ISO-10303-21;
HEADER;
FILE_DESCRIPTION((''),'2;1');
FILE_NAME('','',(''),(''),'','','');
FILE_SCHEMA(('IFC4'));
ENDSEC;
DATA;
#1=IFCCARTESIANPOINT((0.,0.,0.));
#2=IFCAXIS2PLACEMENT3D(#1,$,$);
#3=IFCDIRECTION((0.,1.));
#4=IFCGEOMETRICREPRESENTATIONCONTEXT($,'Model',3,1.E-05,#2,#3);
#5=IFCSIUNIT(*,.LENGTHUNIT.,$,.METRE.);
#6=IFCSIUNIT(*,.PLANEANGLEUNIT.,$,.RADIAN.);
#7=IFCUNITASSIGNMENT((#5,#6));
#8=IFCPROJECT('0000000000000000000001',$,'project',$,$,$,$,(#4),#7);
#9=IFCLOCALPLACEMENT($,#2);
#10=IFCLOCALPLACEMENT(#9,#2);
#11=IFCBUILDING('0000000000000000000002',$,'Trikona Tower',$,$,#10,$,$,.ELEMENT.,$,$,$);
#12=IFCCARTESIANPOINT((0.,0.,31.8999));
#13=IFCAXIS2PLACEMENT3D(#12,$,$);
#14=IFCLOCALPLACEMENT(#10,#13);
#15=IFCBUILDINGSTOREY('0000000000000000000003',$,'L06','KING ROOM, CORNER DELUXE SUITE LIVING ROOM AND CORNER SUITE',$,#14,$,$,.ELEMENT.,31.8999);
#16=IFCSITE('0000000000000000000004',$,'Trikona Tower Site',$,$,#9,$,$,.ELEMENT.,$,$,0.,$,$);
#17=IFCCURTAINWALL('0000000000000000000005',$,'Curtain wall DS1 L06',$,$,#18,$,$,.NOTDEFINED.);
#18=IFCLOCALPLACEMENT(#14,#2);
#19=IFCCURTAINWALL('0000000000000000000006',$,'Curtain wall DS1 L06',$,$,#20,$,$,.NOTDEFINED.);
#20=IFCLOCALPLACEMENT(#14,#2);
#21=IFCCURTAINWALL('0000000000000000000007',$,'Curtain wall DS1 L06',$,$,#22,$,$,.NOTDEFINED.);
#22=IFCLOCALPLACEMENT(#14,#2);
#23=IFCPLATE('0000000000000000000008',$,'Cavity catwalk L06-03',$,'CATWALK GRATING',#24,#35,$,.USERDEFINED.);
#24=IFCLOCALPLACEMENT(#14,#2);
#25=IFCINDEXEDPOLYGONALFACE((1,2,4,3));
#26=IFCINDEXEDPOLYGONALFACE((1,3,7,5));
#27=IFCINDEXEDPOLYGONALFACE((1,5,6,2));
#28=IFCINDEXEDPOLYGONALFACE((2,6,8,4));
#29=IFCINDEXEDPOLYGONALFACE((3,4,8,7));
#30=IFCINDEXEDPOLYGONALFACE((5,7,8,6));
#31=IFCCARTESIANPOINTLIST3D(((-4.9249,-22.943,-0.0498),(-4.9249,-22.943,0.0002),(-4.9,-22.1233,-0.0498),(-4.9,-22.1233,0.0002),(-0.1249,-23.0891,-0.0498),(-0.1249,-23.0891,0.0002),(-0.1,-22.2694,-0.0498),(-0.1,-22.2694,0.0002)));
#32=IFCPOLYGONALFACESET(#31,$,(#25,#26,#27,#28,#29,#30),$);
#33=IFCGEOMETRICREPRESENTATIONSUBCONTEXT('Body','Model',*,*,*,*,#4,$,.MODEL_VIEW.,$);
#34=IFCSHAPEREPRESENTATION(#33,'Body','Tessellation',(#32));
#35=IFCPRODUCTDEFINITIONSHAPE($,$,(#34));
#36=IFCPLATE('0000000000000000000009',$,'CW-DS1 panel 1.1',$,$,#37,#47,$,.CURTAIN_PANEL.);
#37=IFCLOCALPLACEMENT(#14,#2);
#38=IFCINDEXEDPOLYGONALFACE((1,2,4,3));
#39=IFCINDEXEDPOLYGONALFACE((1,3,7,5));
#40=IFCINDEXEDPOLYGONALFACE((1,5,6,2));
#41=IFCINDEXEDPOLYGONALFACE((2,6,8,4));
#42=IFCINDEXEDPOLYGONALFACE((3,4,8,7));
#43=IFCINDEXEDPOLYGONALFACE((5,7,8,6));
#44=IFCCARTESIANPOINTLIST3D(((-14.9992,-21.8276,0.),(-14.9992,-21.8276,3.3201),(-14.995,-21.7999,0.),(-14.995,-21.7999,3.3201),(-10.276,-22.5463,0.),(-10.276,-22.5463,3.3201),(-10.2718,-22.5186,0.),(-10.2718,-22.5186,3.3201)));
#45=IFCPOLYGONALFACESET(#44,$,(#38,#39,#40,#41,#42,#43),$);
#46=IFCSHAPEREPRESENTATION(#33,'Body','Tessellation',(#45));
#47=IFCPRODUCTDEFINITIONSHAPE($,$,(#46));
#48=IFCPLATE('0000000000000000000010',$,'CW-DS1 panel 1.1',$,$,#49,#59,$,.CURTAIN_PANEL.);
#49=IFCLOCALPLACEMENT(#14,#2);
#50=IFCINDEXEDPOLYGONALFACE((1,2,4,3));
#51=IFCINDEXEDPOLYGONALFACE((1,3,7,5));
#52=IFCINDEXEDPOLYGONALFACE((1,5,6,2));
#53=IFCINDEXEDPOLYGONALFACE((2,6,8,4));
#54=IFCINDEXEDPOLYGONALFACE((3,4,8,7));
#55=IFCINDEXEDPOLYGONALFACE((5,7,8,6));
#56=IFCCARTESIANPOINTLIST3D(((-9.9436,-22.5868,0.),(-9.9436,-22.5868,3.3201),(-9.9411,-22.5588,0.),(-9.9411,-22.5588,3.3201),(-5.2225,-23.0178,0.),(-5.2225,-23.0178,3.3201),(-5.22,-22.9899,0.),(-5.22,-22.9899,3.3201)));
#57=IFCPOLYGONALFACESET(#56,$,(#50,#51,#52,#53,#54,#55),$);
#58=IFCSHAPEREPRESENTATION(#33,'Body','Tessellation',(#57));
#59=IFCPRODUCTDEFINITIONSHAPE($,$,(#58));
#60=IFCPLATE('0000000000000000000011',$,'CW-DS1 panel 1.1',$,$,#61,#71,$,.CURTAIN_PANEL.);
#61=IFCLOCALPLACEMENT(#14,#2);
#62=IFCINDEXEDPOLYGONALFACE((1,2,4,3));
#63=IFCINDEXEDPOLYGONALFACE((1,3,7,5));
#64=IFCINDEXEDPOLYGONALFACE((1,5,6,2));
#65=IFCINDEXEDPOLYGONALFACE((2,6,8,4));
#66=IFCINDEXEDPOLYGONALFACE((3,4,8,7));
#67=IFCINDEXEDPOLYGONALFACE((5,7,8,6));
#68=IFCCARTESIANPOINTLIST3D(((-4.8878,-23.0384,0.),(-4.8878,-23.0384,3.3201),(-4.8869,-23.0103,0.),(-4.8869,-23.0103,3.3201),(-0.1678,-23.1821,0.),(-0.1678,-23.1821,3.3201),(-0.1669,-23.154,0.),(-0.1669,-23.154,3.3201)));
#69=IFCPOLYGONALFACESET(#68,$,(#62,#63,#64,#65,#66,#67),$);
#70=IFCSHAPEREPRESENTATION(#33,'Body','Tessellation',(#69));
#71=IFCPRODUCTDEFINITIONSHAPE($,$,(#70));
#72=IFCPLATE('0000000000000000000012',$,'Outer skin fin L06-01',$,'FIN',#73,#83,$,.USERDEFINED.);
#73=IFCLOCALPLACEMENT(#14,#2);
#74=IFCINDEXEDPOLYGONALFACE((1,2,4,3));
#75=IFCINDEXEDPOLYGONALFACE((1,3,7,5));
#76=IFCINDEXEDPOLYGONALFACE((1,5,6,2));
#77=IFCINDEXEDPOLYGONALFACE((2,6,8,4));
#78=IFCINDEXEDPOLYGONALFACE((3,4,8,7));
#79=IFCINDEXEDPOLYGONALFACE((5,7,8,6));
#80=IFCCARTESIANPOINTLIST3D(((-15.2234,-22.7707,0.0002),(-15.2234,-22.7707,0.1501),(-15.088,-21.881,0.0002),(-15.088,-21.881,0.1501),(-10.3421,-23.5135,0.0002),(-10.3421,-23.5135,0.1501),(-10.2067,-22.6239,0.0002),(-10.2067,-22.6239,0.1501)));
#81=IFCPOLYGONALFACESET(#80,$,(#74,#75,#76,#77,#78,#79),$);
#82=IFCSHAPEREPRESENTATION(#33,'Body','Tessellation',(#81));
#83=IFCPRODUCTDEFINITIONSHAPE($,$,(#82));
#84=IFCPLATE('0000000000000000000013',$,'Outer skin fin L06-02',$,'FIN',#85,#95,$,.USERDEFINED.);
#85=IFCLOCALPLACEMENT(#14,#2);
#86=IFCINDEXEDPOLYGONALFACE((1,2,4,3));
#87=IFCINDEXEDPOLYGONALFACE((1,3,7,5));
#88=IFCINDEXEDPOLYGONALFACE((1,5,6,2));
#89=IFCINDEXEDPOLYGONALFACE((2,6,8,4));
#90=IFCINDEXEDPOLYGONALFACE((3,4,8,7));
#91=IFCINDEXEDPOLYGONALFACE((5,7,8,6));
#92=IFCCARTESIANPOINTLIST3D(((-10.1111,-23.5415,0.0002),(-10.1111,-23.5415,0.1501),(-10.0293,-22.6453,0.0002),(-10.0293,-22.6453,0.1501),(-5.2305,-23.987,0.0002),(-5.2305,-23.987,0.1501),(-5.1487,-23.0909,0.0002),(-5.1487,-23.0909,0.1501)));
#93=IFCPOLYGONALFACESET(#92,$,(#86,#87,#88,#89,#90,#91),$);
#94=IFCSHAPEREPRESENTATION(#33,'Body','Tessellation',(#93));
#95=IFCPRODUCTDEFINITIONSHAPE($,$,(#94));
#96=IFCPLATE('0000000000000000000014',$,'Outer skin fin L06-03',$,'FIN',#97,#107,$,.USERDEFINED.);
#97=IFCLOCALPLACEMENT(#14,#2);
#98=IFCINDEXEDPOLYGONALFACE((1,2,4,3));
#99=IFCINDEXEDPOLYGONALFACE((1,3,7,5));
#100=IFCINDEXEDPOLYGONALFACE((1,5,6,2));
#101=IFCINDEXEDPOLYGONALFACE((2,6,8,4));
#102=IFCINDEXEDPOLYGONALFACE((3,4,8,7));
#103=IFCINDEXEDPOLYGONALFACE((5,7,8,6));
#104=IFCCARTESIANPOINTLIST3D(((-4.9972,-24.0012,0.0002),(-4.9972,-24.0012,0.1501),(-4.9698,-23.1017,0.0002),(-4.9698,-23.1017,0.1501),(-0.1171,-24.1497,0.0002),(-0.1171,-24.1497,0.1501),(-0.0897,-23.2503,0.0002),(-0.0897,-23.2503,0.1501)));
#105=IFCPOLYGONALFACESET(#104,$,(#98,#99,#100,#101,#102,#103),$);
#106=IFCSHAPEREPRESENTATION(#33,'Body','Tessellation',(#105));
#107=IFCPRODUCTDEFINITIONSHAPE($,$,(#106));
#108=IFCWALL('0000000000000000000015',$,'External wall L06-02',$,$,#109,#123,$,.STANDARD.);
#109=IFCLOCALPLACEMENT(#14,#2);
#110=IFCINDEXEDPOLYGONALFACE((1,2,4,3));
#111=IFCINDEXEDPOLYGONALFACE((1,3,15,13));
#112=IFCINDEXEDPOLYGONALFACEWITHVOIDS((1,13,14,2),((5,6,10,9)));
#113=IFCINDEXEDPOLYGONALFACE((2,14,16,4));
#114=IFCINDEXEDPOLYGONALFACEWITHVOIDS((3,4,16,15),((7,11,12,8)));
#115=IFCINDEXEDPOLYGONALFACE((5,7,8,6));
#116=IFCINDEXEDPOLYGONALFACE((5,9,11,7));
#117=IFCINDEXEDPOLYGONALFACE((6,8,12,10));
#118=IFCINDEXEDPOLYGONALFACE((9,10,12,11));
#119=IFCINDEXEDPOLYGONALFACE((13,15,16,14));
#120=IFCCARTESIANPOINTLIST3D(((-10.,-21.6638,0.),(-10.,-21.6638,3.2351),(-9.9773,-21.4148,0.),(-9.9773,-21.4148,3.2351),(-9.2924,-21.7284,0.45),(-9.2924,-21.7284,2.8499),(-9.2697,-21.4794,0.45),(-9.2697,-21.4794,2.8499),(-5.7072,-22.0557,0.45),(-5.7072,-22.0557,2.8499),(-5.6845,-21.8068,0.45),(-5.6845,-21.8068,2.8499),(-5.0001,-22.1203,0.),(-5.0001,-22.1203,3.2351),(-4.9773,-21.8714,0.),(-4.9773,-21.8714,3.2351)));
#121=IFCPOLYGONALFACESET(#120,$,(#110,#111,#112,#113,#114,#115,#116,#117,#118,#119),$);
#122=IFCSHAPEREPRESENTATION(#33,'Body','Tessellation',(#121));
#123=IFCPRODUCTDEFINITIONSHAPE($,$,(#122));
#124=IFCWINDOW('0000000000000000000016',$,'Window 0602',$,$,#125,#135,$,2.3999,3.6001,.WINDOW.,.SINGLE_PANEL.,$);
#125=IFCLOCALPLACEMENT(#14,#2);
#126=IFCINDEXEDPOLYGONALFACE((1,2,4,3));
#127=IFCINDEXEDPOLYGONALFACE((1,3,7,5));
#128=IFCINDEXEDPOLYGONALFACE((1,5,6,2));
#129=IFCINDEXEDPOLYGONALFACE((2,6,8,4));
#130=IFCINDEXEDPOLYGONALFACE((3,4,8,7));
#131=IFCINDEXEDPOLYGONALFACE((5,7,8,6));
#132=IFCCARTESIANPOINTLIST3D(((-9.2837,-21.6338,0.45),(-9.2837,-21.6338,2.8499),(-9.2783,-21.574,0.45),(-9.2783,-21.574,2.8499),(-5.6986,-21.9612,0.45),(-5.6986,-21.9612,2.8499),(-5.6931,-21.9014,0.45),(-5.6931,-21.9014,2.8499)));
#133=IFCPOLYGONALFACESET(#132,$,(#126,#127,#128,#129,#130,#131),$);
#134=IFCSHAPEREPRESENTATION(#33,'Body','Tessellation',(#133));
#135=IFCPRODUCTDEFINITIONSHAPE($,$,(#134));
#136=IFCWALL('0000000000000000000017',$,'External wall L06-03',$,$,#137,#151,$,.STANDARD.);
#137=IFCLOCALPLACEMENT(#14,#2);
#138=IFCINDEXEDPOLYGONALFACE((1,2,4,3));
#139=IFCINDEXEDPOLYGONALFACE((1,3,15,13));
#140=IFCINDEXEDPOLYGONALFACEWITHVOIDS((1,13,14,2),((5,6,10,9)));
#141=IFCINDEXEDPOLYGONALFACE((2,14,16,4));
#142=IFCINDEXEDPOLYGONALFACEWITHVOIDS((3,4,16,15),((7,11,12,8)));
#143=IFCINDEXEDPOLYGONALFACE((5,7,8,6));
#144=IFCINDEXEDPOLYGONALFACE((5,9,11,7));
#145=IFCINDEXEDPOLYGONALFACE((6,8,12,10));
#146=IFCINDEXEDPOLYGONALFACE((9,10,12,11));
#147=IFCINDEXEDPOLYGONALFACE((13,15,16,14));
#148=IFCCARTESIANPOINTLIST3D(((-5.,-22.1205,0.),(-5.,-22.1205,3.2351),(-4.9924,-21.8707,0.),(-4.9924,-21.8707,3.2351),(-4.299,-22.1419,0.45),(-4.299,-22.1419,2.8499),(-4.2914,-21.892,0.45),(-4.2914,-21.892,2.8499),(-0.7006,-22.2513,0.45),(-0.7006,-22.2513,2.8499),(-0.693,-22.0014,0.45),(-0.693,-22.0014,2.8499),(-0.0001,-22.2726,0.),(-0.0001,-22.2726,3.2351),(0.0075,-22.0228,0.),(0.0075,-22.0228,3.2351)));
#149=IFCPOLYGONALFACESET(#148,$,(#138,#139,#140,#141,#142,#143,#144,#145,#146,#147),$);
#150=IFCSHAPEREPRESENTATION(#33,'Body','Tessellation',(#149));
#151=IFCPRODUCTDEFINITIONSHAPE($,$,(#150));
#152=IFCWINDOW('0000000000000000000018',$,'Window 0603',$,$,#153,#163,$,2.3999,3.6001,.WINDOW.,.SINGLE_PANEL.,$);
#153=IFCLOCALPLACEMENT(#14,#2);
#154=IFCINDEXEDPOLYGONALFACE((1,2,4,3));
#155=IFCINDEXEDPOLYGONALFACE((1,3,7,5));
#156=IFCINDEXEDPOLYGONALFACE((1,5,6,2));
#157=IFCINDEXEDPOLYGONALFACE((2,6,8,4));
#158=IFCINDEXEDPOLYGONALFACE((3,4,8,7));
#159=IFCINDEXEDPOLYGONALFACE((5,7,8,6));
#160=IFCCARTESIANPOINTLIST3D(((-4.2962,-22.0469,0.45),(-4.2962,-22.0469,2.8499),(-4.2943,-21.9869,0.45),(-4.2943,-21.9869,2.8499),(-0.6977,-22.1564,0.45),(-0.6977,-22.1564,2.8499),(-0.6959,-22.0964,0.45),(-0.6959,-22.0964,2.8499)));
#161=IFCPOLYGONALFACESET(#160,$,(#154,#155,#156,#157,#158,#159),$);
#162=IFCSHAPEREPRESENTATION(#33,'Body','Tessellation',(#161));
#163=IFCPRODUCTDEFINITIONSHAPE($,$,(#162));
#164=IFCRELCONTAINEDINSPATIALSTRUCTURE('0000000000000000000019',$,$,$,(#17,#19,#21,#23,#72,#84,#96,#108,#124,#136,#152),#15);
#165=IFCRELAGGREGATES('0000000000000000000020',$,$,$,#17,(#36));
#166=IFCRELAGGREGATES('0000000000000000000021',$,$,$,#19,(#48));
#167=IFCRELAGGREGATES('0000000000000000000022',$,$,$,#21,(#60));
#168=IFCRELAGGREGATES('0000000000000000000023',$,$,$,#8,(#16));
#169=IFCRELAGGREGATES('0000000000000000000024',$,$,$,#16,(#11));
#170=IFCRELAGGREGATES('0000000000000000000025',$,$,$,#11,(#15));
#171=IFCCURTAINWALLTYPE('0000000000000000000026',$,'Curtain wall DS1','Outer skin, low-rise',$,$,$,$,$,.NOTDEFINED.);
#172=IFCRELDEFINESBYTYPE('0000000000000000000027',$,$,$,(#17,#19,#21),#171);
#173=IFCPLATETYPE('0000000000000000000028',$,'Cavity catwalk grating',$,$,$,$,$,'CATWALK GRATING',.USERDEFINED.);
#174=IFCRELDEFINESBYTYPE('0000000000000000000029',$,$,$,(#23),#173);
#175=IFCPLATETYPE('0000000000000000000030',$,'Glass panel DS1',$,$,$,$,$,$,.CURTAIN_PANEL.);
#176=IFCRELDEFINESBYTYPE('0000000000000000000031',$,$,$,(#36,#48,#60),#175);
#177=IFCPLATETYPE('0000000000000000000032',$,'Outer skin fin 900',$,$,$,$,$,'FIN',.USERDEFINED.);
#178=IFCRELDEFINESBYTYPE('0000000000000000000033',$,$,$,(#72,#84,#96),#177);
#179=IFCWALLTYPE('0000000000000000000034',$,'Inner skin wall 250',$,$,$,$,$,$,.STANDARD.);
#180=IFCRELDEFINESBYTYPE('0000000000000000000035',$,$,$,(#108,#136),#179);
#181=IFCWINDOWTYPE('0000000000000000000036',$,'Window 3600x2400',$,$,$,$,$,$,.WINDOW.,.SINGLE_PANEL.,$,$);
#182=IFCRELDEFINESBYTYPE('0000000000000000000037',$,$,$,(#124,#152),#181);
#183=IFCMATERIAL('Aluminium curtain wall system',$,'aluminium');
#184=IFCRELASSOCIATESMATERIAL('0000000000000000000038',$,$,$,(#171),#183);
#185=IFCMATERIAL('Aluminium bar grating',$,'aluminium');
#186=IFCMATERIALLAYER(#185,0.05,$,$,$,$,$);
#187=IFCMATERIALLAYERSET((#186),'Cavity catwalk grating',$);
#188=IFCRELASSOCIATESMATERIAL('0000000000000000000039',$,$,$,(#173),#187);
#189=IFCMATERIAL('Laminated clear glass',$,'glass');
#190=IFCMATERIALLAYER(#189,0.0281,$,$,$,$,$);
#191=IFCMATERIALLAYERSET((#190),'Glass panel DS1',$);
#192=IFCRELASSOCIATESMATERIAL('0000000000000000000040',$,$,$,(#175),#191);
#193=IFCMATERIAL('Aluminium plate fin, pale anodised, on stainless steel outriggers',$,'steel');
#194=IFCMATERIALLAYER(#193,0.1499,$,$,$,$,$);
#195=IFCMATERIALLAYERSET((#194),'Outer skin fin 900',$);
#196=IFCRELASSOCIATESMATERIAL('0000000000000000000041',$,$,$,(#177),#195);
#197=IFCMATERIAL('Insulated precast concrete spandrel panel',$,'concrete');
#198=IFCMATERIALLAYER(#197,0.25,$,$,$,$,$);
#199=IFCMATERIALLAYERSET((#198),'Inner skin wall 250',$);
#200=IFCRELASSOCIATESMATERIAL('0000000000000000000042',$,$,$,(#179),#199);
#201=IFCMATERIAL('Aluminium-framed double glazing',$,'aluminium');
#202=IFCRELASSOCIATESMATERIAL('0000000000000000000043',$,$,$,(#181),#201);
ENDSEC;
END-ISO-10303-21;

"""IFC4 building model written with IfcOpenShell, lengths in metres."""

from ifc_helpers import new_model, si_unit, direction, frame, frame_2d, origin, origin_2d, place, context, subcontext, project, spatial, rectangle, extrude, material, layer, layer_set, type_object, element, fill, aggregate, save


model = new_model("IFC4")

# Units and contexts
model_context = context("Model", 3, precision=1e-05, world=origin(), true_north=direction((0.0, 1.0)))
body_context = subcontext(model_context, "Body", "Model", "MODEL_VIEW")
ifc_project = project(units=[si_unit("LENGTHUNIT", "METRE"), si_unit("PLANEANGLEUNIT", "RADIAN")], contexts=[model_context])

# Site, building, storey
site_placement = place(None, origin())
site = spatial("IfcSite", under=ifc_project, at=site_placement, Name="Trikona Tower Site", CompositionType="ELEMENT", RefElevation=0.0)
building_placement = place(site_placement, origin())
building = spatial("IfcBuilding", under=site, at=building_placement, Name="Trikona Tower", CompositionType="ELEMENT")
storey_placement = place(building_placement, frame((0.0, 0.0, 31.8999)))
storey = spatial("IfcBuildingStorey", under=building, at=storey_placement, Name="L06", Description="KING ROOM, CORNER DELUXE SUITE LIVING ROOM AND CORNER SUITE", CompositionType="ELEMENT", Elevation=31.8999)

# Curtain wall
ifc_material_1 = material(Name="Aluminium curtain wall system", Category="aluminium")
curtain_wall_type = type_object("IfcCurtainWallType", Name="Curtain wall DS1", Description="Outer skin, low-rise", PredefinedType="NOTDEFINED", material=ifc_material_1)
curtain_wall_1_placement = place(storey_placement, origin())
curtain_wall_1 = element("IfcCurtainWall", 1, at=curtain_wall_1_placement, inside=storey, type_object=curtain_wall_type, Name="Curtain wall DS1 L06", PredefinedType="NOTDEFINED")

# Curtain walls
curtain_wall_2_placement = place(storey_placement, origin())
curtain_wall_2 = element("IfcCurtainWall", 2, at=curtain_wall_2_placement, inside=storey, type_object=curtain_wall_type, Name="Curtain wall DS1 L06", PredefinedType="NOTDEFINED")
curtain_wall_3_placement = place(storey_placement, origin())
curtain_wall_3 = element("IfcCurtainWall", 3, at=curtain_wall_3_placement, inside=storey, type_object=curtain_wall_type, Name="Curtain wall DS1 L06", PredefinedType="NOTDEFINED")

# Plate
ifc_material_2 = material(Name="Aluminium bar grating", Category="aluminium")
ifc_layer_1 = layer(ifc_material_2, 0.05)
ifc_layer_set_1 = layer_set([ifc_layer_1], Name="Cavity catwalk grating")
plate_type_1 = type_object("IfcPlateType", Name="Cavity catwalk grating", ElementType="CATWALK GRATING", PredefinedType="USERDEFINED", material=ifc_layer_set_1)
plate_1_placement = place(storey_placement, frame((-2.5125, -22.6062, -0.0498), z_axis=(0.0, 0.0, 1.0), x_axis=(0.999537, -0.030425, 0.0)))
element("IfcPlate", 4, at=plate_1_placement, inside=storey, type_object=plate_type_1, Name="Cavity catwalk L06-03", ObjectType="CATWALK GRATING", PredefinedType="USERDEFINED", context=body_context, shape_type="SweptSolid", body=[
    extrude(rectangle(XDim=4.8022, YDim=0.8201, at=origin_2d()), origin(), (0.0, 0.0, 1.0), 0.05),
])

# Plates
ifc_material_3 = material(Name="Laminated clear glass", Category="glass")
ifc_layer_2 = layer(ifc_material_3, 0.0281)
ifc_layer_set_2 = layer_set([ifc_layer_2], Name="Glass panel DS1")
plate_type_2 = type_object("IfcPlateType", Name="Glass panel DS1", PredefinedType="CURTAIN_PANEL", material=ifc_layer_set_2)
plate_2_placement = place(storey_placement, frame((-12.6355, -22.1731, 0.0), z_axis=(0.0, 0.0, 1.0), x_axis=(0.988619, -0.150438, 0.0)))
plate_2 = element("IfcPlate", 5, at=plate_2_placement, type_object=plate_type_2, Name="CW-DS1 panel 1.1", PredefinedType="CURTAIN_PANEL", context=body_context, shape_type="SweptSolid", body=[
    extrude(rectangle(XDim=4.7776, YDim=0.0281, at=origin_2d()), origin(), (0.0, 0.0, 1.0), 3.3201),
])
aggregate(curtain_wall_1, [plate_2])
plate_3_placement = place(storey_placement, frame((-7.5818, -22.7883, 0.0), z_axis=(0.0, 0.0, 1.0), x_axis=(0.995858, -0.090924, 0.0)))
plate_3 = element("IfcPlate", 6, at=plate_3_placement, type_object=plate_type_2, Name="CW-DS1 panel 1.1", PredefinedType="CURTAIN_PANEL", context=body_context, shape_type="SweptSolid", body=[
    extrude(rectangle(XDim=4.7407, YDim=0.0281, at=origin_2d()), origin(), (0.0, 0.0, 1.0), 3.3201),
])
aggregate(curtain_wall_2, [plate_3])
plate_4_placement = place(storey_placement, frame((-2.5273, -23.0962, 0.0), z_axis=(0.0, 0.0, 1.0), x_axis=(0.999537, -0.030437, 0.0)))
plate_4 = element("IfcPlate", 7, at=plate_4_placement, type_object=plate_type_2, Name="CW-DS1 panel 1.1", PredefinedType="CURTAIN_PANEL", context=body_context, shape_type="SweptSolid", body=[
    extrude(rectangle(XDim=4.7222, YDim=0.0281, at=origin_2d()), origin(), (0.0, 0.0, 1.0), 3.3201),
])
aggregate(curtain_wall_3, [plate_4])

# Plates
ifc_material_4 = material(Name="Aluminium plate fin, pale anodised, on stainless steel outriggers", Category="steel")
ifc_layer_3 = layer(ifc_material_4, 0.1499)
ifc_layer_set_3 = layer_set([ifc_layer_3], Name="Outer skin fin 900")
plate_type_3 = type_object("IfcPlateType", Name="Outer skin fin 900", ElementType="FIN", PredefinedType="USERDEFINED", material=ifc_layer_set_3)
plate_5_placement = place(storey_placement, frame((-12.7151, -22.6973, 0.0002), z_axis=(0.0, 0.0, 1.0), x_axis=(0.988618, -0.150448, 0.0)))
element("IfcPlate", 8, at=plate_5_placement, inside=storey, type_object=plate_type_3, Name="Outer skin fin L06-01", ObjectType="FIN", PredefinedType="USERDEFINED", context=body_context, shape_type="SweptSolid", body=[
    extrude(rectangle(XDim=4.9375, YDim=0.8999, at=origin_2d()), origin(), (0.0, 0.0, 1.0), 0.1499),
])
plate_6_placement = place(storey_placement, frame((-7.6299, -23.3162, 0.0002), z_axis=(0.0, 0.0, 1.0), x_axis=(0.995858, -0.090921, 0.0)))
element("IfcPlate", 9, at=plate_6_placement, inside=storey, type_object=plate_type_3, Name="Outer skin fin L06-02", ObjectType="FIN", PredefinedType="USERDEFINED", context=body_context, shape_type="SweptSolid", body=[
    extrude(rectangle(XDim=4.9009, YDim=0.8999, at=origin_2d()), origin(), (0.0, 0.0, 1.0), 0.1499),
])
plate_7_placement = place(storey_placement, frame((-2.5435, -23.6257, 0.0002), z_axis=(0.0, 0.0, 1.0), x_axis=(0.999537, -0.030425, 0.0)))
element("IfcPlate", 10, at=plate_7_placement, inside=storey, type_object=plate_type_3, Name="Outer skin fin L06-03", ObjectType="FIN", PredefinedType="USERDEFINED", context=body_context, shape_type="SweptSolid", body=[
    extrude(rectangle(XDim=4.8823, YDim=0.8999, at=origin_2d()), origin(), (0.0, 0.0, 1.0), 0.1499),
])

# Walls, openings, windows
ifc_material_5 = material(Name="Insulated precast concrete spandrel panel", Category="concrete")
ifc_layer_4 = layer(ifc_material_5, 0.25)
ifc_layer_set_4 = layer_set([ifc_layer_4], Name="Inner skin wall 250")
wall_type = type_object("IfcWallType", Name="Inner skin wall 250", PredefinedType="STANDARD", material=ifc_layer_set_4)
wall_1_placement = place(storey_placement, frame((-9.9885, -21.5393, 0.0), z_axis=(0.0, 0.0, 1.0), x_axis=(0.995857, -0.09093, 0.0)))
wall_1 = element("IfcWall", 11, at=wall_1_placement, inside=storey, type_object=wall_type, Name="External wall L06-02", PredefinedType="STANDARD", context=body_context, shape_type="SweptSolid", body=[
    extrude(rectangle(XDim=5.0208, YDim=0.25, at=frame_2d((2.5103, 0.0))), origin(), (0.0, 0.0, 1.0), 3.2351),
])
opening_1_placement = place(wall_1_placement, frame((0.7104, 0.0, 0.45)))
opening_1 = element("IfcOpeningElement", 12, at=opening_1_placement, cuts=wall_1, PredefinedType="OPENING", context=body_context, shape_type="SweptSolid", body=[
    extrude(rectangle(XDim=3.6001, YDim=2.3999, at=frame_2d((1.8, 1.2))), frame((0.0, 0.135, 0.0), z_axis=(0.0, -1.0, 0.0), x_axis=(1.0, 0.0, 0.0)), (0.0, 0.0, 1.0), 0.27),
])
ifc_material_6 = material(Name="Aluminium-framed double glazing", Category="aluminium")
window_type = type_object("IfcWindowType", Name="Window 3600x2400", PartitioningType="SINGLE_PANEL", PredefinedType="WINDOW", material=ifc_material_6)
window_1_placement = place(opening_1_placement, origin())
window_1 = element("IfcWindow", 13, at=window_1_placement, inside=storey, type_object=window_type, Name="Window 0602", OverallHeight=2.3999, OverallWidth=3.6001, PartitioningType="SINGLE_PANEL", PredefinedType="WINDOW", context=body_context, shape_type="SweptSolid", body=[
    extrude(rectangle(XDim=3.6001, YDim=2.3999, at=frame_2d((1.8, 1.2))), frame((0.0, 0.03, 0.0), z_axis=(0.0, -1.0, 0.0), x_axis=(1.0, 0.0, 0.0)), (0.0, 0.0, 1.0), 0.0601),
])
fill(opening_1, window_1)
wall_2_placement = place(storey_placement, frame((-4.9961, -21.9956, 0.0), z_axis=(0.0, 0.0, 1.0), x_axis=(0.999538, -0.030406, 0.0)))
wall_2 = element("IfcWall", 14, at=wall_2_placement, inside=storey, type_object=wall_type, Name="External wall L06-03", PredefinedType="STANDARD", context=body_context, shape_type="SweptSolid", body=[
    extrude(rectangle(XDim=5.0022, YDim=0.25, at=frame_2d((2.501, 0.0))), origin(), (0.0, 0.0, 1.0), 3.2351),
])
opening_2_placement = place(wall_2_placement, frame((0.7012, 0.0, 0.45)))
opening_2 = element("IfcOpeningElement", 15, at=opening_2_placement, cuts=wall_2, PredefinedType="OPENING", context=body_context, shape_type="SweptSolid", body=[
    extrude(rectangle(XDim=3.6001, YDim=2.3999, at=frame_2d((1.8, 1.2))), frame((0.0, 0.135, 0.0), z_axis=(0.0, -1.0, 0.0), x_axis=(1.0, 0.0, 0.0)), (0.0, 0.0, 1.0), 0.27),
])
window_2_placement = place(opening_2_placement, origin())
window_2 = element("IfcWindow", 16, at=window_2_placement, inside=storey, type_object=window_type, Name="Window 0603", OverallHeight=2.3999, OverallWidth=3.6001, PartitioningType="SINGLE_PANEL", PredefinedType="WINDOW", context=body_context, shape_type="SweptSolid", body=[
    extrude(rectangle(XDim=3.6001, YDim=2.3999, at=frame_2d((1.8, 1.2))), frame((0.0, 0.03, 0.0), z_axis=(0.0, -1.0, 0.0), x_axis=(1.0, 0.0, 0.0)), (0.0, 0.0, 1.0), 0.0601),
])
fill(opening_2, window_2)

save(model, "model.ifc")
